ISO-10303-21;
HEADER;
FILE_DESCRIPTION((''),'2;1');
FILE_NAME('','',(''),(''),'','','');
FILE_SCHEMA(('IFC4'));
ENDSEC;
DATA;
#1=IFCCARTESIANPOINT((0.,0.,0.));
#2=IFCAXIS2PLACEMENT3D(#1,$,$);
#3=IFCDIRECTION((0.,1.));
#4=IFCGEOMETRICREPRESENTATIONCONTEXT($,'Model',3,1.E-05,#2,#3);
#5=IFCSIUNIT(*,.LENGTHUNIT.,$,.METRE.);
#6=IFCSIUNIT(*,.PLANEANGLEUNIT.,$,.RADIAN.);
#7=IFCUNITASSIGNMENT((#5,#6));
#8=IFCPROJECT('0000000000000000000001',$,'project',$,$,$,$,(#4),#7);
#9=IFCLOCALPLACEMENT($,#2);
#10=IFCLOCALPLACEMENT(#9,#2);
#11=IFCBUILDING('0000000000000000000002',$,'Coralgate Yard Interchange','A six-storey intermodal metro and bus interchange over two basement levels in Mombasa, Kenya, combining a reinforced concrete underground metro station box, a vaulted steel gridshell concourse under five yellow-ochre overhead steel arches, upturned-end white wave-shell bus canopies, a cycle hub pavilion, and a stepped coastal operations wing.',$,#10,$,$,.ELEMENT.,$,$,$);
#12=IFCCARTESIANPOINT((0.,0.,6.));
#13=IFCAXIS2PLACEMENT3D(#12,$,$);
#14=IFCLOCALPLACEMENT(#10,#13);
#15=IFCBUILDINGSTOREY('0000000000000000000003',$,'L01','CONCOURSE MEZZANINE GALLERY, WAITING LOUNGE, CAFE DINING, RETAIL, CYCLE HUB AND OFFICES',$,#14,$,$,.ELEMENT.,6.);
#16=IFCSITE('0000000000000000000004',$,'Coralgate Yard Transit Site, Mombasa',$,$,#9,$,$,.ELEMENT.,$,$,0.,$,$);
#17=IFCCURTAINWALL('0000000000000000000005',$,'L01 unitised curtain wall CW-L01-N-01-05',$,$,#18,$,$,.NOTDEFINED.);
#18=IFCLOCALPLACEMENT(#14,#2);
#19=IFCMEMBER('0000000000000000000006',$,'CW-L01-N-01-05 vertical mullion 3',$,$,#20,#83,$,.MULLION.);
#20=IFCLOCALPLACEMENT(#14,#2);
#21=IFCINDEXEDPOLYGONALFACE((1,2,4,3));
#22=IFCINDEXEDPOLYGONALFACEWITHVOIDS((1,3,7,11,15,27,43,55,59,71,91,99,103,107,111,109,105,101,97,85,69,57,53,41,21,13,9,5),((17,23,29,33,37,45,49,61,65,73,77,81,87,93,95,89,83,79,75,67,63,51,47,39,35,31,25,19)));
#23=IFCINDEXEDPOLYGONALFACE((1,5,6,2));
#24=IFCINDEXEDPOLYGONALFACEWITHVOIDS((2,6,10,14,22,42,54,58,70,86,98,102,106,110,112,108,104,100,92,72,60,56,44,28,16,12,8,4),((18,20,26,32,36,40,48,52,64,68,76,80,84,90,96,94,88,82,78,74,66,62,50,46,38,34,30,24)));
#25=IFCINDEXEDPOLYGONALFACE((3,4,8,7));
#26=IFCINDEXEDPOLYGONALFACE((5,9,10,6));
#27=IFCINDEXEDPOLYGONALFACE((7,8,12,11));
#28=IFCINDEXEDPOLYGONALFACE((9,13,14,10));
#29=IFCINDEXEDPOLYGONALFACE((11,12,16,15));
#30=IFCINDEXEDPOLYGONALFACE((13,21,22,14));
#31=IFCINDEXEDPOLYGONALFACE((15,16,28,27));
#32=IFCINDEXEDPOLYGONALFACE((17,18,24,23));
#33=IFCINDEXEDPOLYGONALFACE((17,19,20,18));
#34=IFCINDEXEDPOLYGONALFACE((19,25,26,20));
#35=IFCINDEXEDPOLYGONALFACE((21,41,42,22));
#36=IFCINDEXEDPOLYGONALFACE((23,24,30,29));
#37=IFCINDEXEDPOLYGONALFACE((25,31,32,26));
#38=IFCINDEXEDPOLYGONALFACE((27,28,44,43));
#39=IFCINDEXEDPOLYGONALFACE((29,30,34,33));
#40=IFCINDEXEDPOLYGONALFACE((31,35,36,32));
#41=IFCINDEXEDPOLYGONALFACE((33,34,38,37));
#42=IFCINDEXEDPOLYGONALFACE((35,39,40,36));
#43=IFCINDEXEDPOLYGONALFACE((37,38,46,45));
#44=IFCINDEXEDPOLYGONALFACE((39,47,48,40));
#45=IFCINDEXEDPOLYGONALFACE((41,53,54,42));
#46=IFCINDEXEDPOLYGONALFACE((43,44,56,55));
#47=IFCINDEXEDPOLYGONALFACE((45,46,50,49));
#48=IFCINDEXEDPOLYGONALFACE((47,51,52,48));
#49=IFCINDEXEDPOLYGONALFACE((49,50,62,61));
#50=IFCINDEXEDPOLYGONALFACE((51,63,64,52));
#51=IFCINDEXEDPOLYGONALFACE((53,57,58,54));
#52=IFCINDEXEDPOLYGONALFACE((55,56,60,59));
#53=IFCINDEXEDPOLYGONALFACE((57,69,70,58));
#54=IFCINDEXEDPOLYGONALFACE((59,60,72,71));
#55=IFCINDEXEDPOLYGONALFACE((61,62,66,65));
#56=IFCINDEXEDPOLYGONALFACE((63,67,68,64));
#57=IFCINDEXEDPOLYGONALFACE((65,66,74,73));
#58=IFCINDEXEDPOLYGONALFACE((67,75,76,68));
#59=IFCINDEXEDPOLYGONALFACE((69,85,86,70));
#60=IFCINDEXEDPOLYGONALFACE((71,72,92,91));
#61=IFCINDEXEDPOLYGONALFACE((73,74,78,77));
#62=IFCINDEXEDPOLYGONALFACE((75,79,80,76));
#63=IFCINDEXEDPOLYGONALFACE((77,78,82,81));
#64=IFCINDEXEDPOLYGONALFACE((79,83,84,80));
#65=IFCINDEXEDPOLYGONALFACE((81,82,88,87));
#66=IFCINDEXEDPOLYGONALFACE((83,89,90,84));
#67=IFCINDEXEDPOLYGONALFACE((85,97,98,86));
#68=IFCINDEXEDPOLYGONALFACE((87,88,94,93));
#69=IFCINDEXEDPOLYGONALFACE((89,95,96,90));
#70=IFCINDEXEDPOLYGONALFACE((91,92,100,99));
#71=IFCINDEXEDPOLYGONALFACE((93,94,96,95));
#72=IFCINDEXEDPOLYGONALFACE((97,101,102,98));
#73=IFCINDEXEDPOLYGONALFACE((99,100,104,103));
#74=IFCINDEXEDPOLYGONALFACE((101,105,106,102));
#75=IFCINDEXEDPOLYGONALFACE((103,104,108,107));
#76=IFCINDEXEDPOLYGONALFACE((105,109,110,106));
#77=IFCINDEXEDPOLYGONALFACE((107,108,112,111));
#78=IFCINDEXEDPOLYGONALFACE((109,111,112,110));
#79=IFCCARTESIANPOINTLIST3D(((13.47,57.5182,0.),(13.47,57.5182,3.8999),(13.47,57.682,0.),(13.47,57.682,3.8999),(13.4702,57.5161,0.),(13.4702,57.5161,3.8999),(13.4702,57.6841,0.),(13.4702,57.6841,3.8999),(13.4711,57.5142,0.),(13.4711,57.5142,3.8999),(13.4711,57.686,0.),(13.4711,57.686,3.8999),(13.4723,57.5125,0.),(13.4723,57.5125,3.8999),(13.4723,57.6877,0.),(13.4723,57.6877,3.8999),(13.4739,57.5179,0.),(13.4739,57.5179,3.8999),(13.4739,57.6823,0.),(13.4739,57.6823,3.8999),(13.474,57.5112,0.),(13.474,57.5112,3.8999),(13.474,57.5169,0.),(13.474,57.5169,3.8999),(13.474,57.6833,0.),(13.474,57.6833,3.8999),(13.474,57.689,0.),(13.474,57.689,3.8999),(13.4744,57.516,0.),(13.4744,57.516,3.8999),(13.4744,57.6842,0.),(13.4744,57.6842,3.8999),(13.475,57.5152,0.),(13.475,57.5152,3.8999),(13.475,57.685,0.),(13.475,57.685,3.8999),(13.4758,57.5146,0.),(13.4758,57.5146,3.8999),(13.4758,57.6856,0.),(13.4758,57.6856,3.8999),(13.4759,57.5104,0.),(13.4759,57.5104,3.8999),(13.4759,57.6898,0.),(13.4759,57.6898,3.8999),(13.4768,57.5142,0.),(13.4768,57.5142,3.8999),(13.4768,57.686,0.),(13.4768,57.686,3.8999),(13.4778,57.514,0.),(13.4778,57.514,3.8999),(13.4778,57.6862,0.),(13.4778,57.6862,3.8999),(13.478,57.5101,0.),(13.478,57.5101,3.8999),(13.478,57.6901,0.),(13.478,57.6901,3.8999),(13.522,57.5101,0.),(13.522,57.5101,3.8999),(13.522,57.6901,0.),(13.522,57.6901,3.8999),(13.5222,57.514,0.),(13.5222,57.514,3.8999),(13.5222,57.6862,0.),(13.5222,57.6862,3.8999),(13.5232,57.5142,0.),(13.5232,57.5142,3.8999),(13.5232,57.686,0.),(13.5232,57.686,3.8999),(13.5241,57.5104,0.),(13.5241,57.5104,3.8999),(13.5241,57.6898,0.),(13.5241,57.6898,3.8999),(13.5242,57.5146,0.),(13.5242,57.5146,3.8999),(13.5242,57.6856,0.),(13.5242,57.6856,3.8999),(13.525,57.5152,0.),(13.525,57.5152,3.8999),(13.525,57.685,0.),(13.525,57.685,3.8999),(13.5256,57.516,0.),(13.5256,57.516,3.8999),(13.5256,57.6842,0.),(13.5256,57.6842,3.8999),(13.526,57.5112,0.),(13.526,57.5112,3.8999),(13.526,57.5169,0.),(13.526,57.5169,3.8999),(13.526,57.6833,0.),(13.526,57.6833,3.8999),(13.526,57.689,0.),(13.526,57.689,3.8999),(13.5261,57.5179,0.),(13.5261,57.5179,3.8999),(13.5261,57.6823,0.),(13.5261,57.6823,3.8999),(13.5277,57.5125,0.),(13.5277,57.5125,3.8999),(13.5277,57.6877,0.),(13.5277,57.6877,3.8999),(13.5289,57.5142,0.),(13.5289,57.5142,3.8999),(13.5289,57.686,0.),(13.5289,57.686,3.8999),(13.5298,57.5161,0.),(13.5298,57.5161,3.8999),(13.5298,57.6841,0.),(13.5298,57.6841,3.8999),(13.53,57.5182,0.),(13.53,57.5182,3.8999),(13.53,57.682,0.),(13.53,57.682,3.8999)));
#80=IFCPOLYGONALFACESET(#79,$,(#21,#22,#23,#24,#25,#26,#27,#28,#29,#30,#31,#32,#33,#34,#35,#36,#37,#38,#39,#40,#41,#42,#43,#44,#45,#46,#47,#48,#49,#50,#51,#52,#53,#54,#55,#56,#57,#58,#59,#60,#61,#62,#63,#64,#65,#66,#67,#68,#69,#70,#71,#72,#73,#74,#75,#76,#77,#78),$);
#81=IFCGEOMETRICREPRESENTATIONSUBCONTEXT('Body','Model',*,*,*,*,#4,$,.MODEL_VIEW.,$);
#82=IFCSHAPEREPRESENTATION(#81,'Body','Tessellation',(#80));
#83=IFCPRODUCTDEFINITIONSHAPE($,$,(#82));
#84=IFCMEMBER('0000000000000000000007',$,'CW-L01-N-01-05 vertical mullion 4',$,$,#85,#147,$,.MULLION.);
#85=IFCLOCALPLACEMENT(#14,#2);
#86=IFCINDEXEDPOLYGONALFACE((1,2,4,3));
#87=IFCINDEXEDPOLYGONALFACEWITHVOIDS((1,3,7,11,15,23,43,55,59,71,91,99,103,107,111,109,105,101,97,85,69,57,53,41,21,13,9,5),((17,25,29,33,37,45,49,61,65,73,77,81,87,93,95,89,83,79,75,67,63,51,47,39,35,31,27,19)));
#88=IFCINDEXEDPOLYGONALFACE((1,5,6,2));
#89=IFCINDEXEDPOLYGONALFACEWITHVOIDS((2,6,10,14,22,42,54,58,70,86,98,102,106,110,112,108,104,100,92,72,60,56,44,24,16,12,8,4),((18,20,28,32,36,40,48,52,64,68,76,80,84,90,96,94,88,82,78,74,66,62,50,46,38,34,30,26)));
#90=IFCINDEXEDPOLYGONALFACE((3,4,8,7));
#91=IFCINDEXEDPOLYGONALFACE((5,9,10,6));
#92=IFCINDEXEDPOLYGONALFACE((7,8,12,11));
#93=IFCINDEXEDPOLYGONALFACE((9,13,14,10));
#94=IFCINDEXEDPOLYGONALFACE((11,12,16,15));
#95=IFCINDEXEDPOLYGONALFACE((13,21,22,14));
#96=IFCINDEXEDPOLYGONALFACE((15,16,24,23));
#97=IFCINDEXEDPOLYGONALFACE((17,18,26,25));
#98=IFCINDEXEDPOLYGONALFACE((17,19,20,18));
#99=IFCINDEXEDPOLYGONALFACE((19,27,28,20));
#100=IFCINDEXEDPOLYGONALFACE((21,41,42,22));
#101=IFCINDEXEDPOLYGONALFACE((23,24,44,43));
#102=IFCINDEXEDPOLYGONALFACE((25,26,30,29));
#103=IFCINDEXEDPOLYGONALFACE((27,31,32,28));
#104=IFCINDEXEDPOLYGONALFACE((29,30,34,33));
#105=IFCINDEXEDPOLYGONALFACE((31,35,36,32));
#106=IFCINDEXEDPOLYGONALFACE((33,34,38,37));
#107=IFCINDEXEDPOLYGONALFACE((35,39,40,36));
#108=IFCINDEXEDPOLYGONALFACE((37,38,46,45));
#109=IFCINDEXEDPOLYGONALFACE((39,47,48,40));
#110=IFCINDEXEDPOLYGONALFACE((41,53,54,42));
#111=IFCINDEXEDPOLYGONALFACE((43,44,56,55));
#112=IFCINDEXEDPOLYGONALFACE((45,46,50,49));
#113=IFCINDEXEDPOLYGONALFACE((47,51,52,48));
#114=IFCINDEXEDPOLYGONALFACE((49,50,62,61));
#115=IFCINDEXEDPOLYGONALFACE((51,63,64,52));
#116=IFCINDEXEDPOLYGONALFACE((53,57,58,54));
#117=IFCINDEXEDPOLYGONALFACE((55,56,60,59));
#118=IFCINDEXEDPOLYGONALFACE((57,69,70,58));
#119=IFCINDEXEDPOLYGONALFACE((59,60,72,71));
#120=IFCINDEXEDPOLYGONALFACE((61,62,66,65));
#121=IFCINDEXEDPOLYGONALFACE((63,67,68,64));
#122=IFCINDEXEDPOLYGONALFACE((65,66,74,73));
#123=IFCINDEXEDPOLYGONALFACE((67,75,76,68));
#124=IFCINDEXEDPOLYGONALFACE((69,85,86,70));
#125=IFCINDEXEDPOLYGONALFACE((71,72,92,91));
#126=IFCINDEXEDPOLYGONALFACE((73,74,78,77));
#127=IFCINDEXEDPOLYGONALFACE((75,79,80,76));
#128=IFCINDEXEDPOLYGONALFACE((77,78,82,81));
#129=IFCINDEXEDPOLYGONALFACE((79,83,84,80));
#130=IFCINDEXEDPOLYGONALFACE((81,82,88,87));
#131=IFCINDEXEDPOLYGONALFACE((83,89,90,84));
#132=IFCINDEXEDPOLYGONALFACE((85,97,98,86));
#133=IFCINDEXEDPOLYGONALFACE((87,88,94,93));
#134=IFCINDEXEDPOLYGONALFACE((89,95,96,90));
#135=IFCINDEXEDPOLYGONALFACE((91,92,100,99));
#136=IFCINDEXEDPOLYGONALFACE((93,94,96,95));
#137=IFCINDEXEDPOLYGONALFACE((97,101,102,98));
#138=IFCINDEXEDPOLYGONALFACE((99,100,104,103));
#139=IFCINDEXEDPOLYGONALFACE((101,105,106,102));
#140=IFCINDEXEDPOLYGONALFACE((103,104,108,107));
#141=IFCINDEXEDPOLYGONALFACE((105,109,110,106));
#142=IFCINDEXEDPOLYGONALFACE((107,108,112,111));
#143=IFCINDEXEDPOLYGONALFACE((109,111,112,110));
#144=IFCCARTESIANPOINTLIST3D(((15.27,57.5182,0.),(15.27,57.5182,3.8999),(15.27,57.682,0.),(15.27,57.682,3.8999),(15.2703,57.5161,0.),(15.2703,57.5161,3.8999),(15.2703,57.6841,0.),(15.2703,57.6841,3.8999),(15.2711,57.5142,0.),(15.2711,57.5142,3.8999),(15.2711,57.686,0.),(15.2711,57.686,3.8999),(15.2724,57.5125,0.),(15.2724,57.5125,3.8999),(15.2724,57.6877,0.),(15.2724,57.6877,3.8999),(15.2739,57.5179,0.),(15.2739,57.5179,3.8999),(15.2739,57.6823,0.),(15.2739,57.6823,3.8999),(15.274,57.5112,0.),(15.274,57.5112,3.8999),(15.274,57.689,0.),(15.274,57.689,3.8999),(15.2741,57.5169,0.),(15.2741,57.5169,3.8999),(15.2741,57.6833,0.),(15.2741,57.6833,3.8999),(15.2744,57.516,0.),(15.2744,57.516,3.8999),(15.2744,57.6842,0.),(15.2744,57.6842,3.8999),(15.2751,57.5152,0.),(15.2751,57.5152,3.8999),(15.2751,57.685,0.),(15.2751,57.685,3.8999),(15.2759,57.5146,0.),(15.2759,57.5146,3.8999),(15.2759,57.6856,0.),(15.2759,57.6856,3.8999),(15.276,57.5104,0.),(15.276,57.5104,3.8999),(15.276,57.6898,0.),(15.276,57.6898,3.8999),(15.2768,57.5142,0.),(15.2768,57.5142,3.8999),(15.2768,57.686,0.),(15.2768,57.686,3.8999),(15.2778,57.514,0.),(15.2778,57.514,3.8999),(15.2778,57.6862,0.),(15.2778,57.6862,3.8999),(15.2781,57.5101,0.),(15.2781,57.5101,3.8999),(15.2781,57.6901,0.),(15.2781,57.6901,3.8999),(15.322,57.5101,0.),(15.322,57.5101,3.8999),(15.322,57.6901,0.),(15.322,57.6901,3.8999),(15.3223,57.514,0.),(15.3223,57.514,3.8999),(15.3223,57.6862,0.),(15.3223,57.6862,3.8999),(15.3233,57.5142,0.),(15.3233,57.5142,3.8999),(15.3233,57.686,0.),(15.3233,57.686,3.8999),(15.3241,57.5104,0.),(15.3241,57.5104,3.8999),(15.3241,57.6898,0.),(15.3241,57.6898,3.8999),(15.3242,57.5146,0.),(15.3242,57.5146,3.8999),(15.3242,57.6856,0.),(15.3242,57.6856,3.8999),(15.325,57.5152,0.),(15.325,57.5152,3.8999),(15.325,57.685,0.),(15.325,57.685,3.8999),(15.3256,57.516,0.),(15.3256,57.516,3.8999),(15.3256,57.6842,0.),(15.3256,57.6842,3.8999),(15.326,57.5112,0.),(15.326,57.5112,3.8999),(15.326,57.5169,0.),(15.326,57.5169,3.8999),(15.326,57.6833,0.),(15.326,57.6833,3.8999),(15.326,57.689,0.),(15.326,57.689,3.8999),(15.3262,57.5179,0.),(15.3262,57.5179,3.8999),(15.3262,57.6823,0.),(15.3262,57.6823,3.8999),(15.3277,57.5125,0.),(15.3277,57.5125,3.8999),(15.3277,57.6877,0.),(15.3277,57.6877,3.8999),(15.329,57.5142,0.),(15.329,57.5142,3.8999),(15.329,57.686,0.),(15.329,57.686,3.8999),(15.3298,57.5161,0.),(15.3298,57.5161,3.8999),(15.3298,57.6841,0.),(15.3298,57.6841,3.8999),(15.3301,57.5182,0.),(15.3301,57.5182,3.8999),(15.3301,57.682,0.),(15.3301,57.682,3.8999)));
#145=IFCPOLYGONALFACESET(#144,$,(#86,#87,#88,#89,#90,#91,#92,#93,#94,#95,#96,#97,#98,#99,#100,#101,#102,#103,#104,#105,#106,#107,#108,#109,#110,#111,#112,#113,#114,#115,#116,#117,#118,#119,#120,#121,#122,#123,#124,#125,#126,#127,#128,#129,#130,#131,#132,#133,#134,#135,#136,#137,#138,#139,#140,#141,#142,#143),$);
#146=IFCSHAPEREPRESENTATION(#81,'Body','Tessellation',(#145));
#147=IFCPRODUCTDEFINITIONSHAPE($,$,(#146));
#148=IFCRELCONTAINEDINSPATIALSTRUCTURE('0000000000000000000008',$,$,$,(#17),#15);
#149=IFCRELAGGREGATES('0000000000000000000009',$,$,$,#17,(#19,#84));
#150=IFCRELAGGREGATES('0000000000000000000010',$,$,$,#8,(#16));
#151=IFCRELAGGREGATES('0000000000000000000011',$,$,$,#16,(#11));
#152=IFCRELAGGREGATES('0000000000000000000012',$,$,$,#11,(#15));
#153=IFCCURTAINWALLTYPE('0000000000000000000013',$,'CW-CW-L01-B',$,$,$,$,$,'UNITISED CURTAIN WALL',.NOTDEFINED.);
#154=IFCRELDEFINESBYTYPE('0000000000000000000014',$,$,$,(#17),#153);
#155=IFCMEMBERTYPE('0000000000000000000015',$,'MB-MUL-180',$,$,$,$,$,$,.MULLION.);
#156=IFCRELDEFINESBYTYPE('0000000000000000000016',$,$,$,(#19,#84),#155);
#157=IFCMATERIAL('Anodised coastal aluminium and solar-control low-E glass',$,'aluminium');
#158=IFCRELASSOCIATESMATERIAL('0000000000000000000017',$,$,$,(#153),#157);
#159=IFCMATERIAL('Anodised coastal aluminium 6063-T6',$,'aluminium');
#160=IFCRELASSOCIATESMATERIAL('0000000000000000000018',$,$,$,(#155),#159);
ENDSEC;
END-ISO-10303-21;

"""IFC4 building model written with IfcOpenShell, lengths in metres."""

from ifc_helpers import new_model, si_unit, direction, frame, origin, origin_2d, place, context, subcontext, project, spatial, hollow_rectangle, extrude, material, material_profile, profile_set, type_object, element, aggregate, save


model = new_model("IFC4")

# Units and contexts
model_context = context("Model", 3, precision=1e-05, world=origin(), true_north=direction((0.0, 1.0)))
body_context = subcontext(model_context, "Body", "Model", "MODEL_VIEW")
ifc_project = project(units=[si_unit("LENGTHUNIT", "METRE"), si_unit("PLANEANGLEUNIT", "RADIAN")], contexts=[model_context])

# Site, building, storey
site_placement = place(None, origin())
site = spatial("IfcSite", under=ifc_project, at=site_placement, Name="Coralgate Yard Transit Site, Mombasa", CompositionType="ELEMENT", RefElevation=0.0)
building_placement = place(site_placement, origin())
building = spatial("IfcBuilding", under=site, at=building_placement, Name="Coralgate Yard Interchange", Description="A six-storey intermodal metro and bus interchange over two basement levels in Mombasa, Kenya, combining a reinforced concrete underground metro station box, a vaulted steel gridshell concourse under five yellow-ochre overhead steel arches, upturned-end white wave-shell bus canopies, a cycle hub pavilion, and a stepped coastal operations wing.", CompositionType="ELEMENT")
storey_placement = place(building_placement, frame((0.0, 0.0, 6.0)))
storey = spatial("IfcBuildingStorey", under=building, at=storey_placement, Name="L01", Description="CONCOURSE MEZZANINE GALLERY, WAITING LOUNGE, CAFE DINING, RETAIL, CYCLE HUB AND OFFICES", CompositionType="ELEMENT", Elevation=6.0)

# Curtain wall, members
ifc_material_1 = material(Name="Anodised coastal aluminium and solar-control low-E glass", Category="aluminium")
curtain_wall_type = type_object("IfcCurtainWallType", Name="CW-CW-L01-B", ElementType="UNITISED CURTAIN WALL", PredefinedType="NOTDEFINED", material=ifc_material_1)
curtain_wall_placement = place(storey_placement, origin())
curtain_wall = element("IfcCurtainWall", 1, at=curtain_wall_placement, inside=storey, type_object=curtain_wall_type, Name="L01 unitised curtain wall CW-L01-N-01-05", PredefinedType="NOTDEFINED")
ifc_material_2 = material(Name="Anodised coastal aluminium 6063-T6", Category="aluminium")
ifc_material_profile_1 = material_profile(ifc_material_2, hollow_rectangle(XDim=0.0601, YDim=0.1799, WallThickness=0.0039, InnerFilletRadius=0.0039, OuterFilletRadius=0.0081, at=origin_2d()), Name="ALU 60x180x4")
ifc_profile_set_1 = profile_set([ifc_material_profile_1], Name="Anodised coastal aluminium 6063-T6")
member_type_1 = type_object("IfcMemberType", Name="MB-MUL-180", PredefinedType="MULLION", material=ifc_profile_set_1)
member_1_placement = place(storey_placement, frame((13.5, 57.6001, 0.0), z_axis=(0.0, 0.0, 1.0), x_axis=(1.0, 0.0, 0.0)))
member_1 = element("IfcMember", 2, at=member_1_placement, type_object=member_type_1, Name="CW-L01-N-01-05 vertical mullion 3", PredefinedType="MULLION", context=body_context, shape_type="SweptSolid", body=[
    extrude(hollow_rectangle(XDim=0.0601, YDim=0.1799, WallThickness=0.0039, InnerFilletRadius=0.0039, OuterFilletRadius=0.0081, at=origin_2d()), origin(), (0.0, 0.0, 1.0), 3.8999),
])
member_2_placement = place(storey_placement, frame((15.3, 57.6001, 0.0), z_axis=(0.0, 0.0, 1.0), x_axis=(1.0, 0.0, 0.0)))
member_2 = element("IfcMember", 3, at=member_2_placement, type_object=member_type_1, Name="CW-L01-N-01-05 vertical mullion 4", PredefinedType="MULLION", context=body_context, shape_type="SweptSolid", body=[
    extrude(hollow_rectangle(XDim=0.0601, YDim=0.1799, WallThickness=0.0039, InnerFilletRadius=0.0039, OuterFilletRadius=0.0081, at=origin_2d()), origin(), (0.0, 0.0, 1.0), 3.8999),
])
aggregate(curtain_wall, [member_1, member_2])

save(model, "model.ifc")
